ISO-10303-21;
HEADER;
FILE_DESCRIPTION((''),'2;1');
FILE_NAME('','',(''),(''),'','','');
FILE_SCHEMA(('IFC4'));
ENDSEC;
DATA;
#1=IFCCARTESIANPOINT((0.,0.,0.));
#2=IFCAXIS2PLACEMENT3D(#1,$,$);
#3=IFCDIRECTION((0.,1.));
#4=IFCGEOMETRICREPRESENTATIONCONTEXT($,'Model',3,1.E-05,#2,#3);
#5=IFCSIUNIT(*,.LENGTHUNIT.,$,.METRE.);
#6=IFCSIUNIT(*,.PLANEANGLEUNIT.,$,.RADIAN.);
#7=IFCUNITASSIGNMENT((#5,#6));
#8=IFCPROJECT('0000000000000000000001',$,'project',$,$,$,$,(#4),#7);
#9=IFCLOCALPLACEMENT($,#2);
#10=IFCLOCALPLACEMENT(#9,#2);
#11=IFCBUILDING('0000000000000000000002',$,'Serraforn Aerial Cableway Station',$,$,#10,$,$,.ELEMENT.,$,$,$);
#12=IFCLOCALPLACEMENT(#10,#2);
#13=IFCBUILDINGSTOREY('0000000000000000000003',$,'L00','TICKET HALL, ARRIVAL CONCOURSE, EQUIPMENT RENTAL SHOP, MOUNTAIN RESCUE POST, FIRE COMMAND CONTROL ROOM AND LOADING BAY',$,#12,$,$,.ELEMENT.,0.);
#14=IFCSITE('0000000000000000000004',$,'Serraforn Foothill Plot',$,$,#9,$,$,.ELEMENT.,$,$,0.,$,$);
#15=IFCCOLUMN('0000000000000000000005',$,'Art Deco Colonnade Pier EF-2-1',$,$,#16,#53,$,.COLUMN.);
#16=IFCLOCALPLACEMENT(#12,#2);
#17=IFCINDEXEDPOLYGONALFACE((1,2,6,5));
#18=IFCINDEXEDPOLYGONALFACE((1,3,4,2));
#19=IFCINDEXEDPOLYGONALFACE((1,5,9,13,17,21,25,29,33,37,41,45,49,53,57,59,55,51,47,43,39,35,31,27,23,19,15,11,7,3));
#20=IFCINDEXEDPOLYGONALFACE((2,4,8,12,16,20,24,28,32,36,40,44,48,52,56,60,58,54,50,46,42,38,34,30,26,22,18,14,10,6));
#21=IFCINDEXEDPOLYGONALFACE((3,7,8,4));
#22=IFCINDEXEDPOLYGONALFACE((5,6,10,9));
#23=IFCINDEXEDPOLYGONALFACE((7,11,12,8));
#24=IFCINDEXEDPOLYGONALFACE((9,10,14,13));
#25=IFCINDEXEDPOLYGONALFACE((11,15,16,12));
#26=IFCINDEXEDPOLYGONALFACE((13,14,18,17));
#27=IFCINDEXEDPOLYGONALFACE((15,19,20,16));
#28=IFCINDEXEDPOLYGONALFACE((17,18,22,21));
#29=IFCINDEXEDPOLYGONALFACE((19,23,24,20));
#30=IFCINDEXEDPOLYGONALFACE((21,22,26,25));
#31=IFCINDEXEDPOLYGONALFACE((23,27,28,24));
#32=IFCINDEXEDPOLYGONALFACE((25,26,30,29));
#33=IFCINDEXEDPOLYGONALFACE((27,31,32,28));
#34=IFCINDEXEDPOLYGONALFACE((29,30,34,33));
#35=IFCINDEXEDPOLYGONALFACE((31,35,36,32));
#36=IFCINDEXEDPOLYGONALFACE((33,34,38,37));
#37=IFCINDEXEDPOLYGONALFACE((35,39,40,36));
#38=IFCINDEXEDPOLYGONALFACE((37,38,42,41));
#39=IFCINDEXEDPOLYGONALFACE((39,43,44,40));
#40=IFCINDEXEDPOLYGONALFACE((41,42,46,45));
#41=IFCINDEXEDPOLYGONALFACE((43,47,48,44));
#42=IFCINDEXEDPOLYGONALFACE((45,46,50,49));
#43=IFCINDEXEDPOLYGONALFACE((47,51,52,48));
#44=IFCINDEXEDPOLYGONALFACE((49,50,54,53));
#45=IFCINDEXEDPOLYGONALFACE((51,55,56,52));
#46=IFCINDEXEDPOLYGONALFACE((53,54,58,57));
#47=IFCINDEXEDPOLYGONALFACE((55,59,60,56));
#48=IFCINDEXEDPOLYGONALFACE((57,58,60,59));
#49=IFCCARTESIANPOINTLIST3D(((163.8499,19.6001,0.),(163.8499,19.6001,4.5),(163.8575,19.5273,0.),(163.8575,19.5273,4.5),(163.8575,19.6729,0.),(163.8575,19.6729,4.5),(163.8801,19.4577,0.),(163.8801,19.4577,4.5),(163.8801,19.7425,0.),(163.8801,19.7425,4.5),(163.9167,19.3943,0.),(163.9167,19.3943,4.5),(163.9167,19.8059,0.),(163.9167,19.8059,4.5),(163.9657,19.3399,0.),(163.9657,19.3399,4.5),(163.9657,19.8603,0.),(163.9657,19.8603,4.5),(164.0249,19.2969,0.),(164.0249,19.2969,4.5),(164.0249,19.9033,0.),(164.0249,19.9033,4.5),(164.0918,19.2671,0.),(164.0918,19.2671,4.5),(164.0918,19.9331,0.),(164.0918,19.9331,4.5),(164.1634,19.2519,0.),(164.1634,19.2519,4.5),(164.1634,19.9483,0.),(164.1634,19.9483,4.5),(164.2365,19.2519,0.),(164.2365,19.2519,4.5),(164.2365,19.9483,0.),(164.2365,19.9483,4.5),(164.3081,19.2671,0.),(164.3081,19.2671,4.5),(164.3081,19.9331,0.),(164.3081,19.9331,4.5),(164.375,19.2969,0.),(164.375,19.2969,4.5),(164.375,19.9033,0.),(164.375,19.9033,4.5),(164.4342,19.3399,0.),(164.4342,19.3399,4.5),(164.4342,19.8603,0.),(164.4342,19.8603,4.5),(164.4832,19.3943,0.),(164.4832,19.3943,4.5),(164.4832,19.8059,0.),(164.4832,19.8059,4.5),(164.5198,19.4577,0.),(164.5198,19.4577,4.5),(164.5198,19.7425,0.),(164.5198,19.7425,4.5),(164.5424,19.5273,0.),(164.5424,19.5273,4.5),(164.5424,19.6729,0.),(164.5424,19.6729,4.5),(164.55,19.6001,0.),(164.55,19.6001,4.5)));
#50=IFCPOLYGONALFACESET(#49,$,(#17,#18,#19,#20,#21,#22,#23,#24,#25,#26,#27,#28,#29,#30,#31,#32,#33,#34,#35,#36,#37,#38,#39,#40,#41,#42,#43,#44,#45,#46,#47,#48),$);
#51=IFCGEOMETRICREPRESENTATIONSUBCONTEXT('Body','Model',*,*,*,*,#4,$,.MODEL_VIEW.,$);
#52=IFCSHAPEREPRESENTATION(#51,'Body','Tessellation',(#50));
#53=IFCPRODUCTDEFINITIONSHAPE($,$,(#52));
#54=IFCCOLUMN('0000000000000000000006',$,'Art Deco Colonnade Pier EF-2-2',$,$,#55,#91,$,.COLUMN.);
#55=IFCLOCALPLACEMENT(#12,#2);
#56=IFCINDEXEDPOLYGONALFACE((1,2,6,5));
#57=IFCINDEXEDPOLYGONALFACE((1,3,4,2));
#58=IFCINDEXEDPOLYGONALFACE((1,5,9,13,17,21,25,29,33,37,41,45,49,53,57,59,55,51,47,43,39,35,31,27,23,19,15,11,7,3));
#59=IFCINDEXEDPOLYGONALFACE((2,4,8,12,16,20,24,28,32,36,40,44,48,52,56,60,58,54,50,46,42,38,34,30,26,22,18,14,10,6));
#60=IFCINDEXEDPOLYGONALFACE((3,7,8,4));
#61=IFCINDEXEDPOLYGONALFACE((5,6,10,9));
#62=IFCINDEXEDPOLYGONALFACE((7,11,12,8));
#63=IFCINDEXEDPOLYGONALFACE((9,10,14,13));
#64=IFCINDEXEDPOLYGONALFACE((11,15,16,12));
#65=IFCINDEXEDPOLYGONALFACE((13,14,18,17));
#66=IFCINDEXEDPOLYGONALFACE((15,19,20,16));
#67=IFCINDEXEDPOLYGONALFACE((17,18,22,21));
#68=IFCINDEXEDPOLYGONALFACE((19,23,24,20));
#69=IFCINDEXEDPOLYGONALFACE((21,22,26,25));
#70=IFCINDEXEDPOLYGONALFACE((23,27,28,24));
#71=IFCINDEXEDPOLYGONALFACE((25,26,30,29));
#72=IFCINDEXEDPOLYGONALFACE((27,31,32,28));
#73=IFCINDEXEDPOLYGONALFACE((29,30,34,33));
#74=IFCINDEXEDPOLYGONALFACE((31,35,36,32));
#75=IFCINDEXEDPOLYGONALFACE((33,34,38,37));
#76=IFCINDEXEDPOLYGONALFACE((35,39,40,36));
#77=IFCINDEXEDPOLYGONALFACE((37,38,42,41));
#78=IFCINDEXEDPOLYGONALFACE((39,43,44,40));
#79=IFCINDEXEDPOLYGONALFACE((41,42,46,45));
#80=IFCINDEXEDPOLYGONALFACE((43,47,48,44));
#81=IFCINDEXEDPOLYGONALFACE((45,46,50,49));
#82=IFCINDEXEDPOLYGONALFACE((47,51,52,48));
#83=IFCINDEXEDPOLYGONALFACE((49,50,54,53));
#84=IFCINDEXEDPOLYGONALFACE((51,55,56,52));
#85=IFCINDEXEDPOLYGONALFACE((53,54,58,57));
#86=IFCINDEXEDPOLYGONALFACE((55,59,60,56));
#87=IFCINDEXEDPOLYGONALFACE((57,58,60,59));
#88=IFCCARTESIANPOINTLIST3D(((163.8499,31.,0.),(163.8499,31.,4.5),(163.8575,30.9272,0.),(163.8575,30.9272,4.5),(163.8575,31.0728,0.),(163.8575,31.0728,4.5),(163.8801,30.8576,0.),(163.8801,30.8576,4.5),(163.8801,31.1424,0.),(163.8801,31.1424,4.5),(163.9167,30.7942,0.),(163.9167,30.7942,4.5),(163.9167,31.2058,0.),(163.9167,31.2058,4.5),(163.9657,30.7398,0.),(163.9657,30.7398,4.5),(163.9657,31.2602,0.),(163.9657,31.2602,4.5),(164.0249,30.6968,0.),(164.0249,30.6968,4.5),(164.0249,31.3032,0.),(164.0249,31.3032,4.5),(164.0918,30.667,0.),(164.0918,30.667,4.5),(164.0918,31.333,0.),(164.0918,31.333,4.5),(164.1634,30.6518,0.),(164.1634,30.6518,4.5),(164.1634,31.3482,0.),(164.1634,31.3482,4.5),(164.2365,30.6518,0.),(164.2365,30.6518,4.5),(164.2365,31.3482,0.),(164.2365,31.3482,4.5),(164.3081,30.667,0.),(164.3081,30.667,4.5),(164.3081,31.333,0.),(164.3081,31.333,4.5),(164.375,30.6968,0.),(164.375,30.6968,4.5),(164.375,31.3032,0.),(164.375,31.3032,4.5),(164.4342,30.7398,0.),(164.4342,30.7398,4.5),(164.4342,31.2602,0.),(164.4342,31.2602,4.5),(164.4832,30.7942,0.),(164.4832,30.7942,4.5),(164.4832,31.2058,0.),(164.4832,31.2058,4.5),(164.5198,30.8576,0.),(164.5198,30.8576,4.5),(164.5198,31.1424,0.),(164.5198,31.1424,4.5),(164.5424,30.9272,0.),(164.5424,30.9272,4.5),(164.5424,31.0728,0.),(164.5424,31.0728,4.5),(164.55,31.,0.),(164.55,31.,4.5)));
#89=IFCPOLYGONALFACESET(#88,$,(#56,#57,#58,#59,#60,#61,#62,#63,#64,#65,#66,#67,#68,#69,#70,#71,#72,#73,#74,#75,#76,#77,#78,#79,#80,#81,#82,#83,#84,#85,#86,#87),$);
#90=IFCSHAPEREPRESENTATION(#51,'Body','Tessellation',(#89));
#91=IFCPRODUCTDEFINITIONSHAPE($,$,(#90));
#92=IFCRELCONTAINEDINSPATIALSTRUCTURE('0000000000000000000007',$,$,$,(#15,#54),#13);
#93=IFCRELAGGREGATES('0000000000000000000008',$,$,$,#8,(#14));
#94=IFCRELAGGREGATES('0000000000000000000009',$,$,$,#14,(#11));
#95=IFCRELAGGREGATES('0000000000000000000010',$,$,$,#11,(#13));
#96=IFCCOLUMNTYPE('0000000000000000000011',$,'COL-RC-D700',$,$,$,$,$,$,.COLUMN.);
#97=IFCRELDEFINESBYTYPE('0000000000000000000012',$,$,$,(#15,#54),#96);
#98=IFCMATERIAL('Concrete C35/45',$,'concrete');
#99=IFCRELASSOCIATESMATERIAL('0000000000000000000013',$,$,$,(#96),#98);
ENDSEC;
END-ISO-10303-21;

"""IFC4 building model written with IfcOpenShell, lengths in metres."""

from ifc_helpers import new_model, si_unit, direction, frame, origin, origin_2d, place, context, subcontext, project, spatial, circle, extrude, material, material_profile, profile_set, type_object, element, save


model = new_model("IFC4")

# Units and contexts
model_context = context("Model", 3, precision=1e-05, world=origin(), true_north=direction((0.0, 1.0)))
body_context = subcontext(model_context, "Body", "Model", "MODEL_VIEW")
ifc_project = project(units=[si_unit("LENGTHUNIT", "METRE"), si_unit("PLANEANGLEUNIT", "RADIAN")], contexts=[model_context])

# Site, building, storey
site_placement = place(None, origin())
site = spatial("IfcSite", under=ifc_project, at=site_placement, Name="Serraforn Foothill Plot", CompositionType="ELEMENT", RefElevation=0.0)
building_placement = place(site_placement, origin())
building = spatial("IfcBuilding", under=site, at=building_placement, Name="Serraforn Aerial Cableway Station", CompositionType="ELEMENT")
storey_placement = place(building_placement, origin())
storey = spatial("IfcBuildingStorey", under=building, at=storey_placement, Name="L00", Description="TICKET HALL, ARRIVAL CONCOURSE, EQUIPMENT RENTAL SHOP, MOUNTAIN RESCUE POST, FIRE COMMAND CONTROL ROOM AND LOADING BAY", CompositionType="ELEMENT", Elevation=0.0)

# Shared definitions
ifc_material_1 = material(Name="Concrete C35/45", Category="concrete")

# Columns
ifc_material_profile = material_profile(ifc_material_1, circle(Radius=0.3501, at=origin_2d()), Name="RC D700")
ifc_profile_set = profile_set([ifc_material_profile], Name="Concrete C35/45")
column_type = type_object("IfcColumnType", Name="COL-RC-D700", PredefinedType="COLUMN", material=ifc_profile_set)
for number, where, z_axis, x_axis, name in (
    (1, (164.2, 19.6001, 0.0), (0.0, 0.0, 1.0), (1.0, 0.0, 0.0), "Art Deco Colonnade Pier EF-2-1"),
    (2, (164.2, 31.0, 0.0), (0.0, 0.0, 1.0), (1.0, 0.0, 0.0), "Art Deco Colonnade Pier EF-2-2"),
):
    element("IfcColumn", number, at=place(storey_placement, frame(where, z_axis=z_axis, x_axis=x_axis)), inside=storey, type_object=column_type, Name=name, PredefinedType="COLUMN", context=body_context, shape_type="SweptSolid", body=[
        extrude(circle(Radius=0.3501, at=origin_2d()), origin(), (0.0, 0.0, 1.0), 4.5),
    ])

save(model, "model.ifc")
